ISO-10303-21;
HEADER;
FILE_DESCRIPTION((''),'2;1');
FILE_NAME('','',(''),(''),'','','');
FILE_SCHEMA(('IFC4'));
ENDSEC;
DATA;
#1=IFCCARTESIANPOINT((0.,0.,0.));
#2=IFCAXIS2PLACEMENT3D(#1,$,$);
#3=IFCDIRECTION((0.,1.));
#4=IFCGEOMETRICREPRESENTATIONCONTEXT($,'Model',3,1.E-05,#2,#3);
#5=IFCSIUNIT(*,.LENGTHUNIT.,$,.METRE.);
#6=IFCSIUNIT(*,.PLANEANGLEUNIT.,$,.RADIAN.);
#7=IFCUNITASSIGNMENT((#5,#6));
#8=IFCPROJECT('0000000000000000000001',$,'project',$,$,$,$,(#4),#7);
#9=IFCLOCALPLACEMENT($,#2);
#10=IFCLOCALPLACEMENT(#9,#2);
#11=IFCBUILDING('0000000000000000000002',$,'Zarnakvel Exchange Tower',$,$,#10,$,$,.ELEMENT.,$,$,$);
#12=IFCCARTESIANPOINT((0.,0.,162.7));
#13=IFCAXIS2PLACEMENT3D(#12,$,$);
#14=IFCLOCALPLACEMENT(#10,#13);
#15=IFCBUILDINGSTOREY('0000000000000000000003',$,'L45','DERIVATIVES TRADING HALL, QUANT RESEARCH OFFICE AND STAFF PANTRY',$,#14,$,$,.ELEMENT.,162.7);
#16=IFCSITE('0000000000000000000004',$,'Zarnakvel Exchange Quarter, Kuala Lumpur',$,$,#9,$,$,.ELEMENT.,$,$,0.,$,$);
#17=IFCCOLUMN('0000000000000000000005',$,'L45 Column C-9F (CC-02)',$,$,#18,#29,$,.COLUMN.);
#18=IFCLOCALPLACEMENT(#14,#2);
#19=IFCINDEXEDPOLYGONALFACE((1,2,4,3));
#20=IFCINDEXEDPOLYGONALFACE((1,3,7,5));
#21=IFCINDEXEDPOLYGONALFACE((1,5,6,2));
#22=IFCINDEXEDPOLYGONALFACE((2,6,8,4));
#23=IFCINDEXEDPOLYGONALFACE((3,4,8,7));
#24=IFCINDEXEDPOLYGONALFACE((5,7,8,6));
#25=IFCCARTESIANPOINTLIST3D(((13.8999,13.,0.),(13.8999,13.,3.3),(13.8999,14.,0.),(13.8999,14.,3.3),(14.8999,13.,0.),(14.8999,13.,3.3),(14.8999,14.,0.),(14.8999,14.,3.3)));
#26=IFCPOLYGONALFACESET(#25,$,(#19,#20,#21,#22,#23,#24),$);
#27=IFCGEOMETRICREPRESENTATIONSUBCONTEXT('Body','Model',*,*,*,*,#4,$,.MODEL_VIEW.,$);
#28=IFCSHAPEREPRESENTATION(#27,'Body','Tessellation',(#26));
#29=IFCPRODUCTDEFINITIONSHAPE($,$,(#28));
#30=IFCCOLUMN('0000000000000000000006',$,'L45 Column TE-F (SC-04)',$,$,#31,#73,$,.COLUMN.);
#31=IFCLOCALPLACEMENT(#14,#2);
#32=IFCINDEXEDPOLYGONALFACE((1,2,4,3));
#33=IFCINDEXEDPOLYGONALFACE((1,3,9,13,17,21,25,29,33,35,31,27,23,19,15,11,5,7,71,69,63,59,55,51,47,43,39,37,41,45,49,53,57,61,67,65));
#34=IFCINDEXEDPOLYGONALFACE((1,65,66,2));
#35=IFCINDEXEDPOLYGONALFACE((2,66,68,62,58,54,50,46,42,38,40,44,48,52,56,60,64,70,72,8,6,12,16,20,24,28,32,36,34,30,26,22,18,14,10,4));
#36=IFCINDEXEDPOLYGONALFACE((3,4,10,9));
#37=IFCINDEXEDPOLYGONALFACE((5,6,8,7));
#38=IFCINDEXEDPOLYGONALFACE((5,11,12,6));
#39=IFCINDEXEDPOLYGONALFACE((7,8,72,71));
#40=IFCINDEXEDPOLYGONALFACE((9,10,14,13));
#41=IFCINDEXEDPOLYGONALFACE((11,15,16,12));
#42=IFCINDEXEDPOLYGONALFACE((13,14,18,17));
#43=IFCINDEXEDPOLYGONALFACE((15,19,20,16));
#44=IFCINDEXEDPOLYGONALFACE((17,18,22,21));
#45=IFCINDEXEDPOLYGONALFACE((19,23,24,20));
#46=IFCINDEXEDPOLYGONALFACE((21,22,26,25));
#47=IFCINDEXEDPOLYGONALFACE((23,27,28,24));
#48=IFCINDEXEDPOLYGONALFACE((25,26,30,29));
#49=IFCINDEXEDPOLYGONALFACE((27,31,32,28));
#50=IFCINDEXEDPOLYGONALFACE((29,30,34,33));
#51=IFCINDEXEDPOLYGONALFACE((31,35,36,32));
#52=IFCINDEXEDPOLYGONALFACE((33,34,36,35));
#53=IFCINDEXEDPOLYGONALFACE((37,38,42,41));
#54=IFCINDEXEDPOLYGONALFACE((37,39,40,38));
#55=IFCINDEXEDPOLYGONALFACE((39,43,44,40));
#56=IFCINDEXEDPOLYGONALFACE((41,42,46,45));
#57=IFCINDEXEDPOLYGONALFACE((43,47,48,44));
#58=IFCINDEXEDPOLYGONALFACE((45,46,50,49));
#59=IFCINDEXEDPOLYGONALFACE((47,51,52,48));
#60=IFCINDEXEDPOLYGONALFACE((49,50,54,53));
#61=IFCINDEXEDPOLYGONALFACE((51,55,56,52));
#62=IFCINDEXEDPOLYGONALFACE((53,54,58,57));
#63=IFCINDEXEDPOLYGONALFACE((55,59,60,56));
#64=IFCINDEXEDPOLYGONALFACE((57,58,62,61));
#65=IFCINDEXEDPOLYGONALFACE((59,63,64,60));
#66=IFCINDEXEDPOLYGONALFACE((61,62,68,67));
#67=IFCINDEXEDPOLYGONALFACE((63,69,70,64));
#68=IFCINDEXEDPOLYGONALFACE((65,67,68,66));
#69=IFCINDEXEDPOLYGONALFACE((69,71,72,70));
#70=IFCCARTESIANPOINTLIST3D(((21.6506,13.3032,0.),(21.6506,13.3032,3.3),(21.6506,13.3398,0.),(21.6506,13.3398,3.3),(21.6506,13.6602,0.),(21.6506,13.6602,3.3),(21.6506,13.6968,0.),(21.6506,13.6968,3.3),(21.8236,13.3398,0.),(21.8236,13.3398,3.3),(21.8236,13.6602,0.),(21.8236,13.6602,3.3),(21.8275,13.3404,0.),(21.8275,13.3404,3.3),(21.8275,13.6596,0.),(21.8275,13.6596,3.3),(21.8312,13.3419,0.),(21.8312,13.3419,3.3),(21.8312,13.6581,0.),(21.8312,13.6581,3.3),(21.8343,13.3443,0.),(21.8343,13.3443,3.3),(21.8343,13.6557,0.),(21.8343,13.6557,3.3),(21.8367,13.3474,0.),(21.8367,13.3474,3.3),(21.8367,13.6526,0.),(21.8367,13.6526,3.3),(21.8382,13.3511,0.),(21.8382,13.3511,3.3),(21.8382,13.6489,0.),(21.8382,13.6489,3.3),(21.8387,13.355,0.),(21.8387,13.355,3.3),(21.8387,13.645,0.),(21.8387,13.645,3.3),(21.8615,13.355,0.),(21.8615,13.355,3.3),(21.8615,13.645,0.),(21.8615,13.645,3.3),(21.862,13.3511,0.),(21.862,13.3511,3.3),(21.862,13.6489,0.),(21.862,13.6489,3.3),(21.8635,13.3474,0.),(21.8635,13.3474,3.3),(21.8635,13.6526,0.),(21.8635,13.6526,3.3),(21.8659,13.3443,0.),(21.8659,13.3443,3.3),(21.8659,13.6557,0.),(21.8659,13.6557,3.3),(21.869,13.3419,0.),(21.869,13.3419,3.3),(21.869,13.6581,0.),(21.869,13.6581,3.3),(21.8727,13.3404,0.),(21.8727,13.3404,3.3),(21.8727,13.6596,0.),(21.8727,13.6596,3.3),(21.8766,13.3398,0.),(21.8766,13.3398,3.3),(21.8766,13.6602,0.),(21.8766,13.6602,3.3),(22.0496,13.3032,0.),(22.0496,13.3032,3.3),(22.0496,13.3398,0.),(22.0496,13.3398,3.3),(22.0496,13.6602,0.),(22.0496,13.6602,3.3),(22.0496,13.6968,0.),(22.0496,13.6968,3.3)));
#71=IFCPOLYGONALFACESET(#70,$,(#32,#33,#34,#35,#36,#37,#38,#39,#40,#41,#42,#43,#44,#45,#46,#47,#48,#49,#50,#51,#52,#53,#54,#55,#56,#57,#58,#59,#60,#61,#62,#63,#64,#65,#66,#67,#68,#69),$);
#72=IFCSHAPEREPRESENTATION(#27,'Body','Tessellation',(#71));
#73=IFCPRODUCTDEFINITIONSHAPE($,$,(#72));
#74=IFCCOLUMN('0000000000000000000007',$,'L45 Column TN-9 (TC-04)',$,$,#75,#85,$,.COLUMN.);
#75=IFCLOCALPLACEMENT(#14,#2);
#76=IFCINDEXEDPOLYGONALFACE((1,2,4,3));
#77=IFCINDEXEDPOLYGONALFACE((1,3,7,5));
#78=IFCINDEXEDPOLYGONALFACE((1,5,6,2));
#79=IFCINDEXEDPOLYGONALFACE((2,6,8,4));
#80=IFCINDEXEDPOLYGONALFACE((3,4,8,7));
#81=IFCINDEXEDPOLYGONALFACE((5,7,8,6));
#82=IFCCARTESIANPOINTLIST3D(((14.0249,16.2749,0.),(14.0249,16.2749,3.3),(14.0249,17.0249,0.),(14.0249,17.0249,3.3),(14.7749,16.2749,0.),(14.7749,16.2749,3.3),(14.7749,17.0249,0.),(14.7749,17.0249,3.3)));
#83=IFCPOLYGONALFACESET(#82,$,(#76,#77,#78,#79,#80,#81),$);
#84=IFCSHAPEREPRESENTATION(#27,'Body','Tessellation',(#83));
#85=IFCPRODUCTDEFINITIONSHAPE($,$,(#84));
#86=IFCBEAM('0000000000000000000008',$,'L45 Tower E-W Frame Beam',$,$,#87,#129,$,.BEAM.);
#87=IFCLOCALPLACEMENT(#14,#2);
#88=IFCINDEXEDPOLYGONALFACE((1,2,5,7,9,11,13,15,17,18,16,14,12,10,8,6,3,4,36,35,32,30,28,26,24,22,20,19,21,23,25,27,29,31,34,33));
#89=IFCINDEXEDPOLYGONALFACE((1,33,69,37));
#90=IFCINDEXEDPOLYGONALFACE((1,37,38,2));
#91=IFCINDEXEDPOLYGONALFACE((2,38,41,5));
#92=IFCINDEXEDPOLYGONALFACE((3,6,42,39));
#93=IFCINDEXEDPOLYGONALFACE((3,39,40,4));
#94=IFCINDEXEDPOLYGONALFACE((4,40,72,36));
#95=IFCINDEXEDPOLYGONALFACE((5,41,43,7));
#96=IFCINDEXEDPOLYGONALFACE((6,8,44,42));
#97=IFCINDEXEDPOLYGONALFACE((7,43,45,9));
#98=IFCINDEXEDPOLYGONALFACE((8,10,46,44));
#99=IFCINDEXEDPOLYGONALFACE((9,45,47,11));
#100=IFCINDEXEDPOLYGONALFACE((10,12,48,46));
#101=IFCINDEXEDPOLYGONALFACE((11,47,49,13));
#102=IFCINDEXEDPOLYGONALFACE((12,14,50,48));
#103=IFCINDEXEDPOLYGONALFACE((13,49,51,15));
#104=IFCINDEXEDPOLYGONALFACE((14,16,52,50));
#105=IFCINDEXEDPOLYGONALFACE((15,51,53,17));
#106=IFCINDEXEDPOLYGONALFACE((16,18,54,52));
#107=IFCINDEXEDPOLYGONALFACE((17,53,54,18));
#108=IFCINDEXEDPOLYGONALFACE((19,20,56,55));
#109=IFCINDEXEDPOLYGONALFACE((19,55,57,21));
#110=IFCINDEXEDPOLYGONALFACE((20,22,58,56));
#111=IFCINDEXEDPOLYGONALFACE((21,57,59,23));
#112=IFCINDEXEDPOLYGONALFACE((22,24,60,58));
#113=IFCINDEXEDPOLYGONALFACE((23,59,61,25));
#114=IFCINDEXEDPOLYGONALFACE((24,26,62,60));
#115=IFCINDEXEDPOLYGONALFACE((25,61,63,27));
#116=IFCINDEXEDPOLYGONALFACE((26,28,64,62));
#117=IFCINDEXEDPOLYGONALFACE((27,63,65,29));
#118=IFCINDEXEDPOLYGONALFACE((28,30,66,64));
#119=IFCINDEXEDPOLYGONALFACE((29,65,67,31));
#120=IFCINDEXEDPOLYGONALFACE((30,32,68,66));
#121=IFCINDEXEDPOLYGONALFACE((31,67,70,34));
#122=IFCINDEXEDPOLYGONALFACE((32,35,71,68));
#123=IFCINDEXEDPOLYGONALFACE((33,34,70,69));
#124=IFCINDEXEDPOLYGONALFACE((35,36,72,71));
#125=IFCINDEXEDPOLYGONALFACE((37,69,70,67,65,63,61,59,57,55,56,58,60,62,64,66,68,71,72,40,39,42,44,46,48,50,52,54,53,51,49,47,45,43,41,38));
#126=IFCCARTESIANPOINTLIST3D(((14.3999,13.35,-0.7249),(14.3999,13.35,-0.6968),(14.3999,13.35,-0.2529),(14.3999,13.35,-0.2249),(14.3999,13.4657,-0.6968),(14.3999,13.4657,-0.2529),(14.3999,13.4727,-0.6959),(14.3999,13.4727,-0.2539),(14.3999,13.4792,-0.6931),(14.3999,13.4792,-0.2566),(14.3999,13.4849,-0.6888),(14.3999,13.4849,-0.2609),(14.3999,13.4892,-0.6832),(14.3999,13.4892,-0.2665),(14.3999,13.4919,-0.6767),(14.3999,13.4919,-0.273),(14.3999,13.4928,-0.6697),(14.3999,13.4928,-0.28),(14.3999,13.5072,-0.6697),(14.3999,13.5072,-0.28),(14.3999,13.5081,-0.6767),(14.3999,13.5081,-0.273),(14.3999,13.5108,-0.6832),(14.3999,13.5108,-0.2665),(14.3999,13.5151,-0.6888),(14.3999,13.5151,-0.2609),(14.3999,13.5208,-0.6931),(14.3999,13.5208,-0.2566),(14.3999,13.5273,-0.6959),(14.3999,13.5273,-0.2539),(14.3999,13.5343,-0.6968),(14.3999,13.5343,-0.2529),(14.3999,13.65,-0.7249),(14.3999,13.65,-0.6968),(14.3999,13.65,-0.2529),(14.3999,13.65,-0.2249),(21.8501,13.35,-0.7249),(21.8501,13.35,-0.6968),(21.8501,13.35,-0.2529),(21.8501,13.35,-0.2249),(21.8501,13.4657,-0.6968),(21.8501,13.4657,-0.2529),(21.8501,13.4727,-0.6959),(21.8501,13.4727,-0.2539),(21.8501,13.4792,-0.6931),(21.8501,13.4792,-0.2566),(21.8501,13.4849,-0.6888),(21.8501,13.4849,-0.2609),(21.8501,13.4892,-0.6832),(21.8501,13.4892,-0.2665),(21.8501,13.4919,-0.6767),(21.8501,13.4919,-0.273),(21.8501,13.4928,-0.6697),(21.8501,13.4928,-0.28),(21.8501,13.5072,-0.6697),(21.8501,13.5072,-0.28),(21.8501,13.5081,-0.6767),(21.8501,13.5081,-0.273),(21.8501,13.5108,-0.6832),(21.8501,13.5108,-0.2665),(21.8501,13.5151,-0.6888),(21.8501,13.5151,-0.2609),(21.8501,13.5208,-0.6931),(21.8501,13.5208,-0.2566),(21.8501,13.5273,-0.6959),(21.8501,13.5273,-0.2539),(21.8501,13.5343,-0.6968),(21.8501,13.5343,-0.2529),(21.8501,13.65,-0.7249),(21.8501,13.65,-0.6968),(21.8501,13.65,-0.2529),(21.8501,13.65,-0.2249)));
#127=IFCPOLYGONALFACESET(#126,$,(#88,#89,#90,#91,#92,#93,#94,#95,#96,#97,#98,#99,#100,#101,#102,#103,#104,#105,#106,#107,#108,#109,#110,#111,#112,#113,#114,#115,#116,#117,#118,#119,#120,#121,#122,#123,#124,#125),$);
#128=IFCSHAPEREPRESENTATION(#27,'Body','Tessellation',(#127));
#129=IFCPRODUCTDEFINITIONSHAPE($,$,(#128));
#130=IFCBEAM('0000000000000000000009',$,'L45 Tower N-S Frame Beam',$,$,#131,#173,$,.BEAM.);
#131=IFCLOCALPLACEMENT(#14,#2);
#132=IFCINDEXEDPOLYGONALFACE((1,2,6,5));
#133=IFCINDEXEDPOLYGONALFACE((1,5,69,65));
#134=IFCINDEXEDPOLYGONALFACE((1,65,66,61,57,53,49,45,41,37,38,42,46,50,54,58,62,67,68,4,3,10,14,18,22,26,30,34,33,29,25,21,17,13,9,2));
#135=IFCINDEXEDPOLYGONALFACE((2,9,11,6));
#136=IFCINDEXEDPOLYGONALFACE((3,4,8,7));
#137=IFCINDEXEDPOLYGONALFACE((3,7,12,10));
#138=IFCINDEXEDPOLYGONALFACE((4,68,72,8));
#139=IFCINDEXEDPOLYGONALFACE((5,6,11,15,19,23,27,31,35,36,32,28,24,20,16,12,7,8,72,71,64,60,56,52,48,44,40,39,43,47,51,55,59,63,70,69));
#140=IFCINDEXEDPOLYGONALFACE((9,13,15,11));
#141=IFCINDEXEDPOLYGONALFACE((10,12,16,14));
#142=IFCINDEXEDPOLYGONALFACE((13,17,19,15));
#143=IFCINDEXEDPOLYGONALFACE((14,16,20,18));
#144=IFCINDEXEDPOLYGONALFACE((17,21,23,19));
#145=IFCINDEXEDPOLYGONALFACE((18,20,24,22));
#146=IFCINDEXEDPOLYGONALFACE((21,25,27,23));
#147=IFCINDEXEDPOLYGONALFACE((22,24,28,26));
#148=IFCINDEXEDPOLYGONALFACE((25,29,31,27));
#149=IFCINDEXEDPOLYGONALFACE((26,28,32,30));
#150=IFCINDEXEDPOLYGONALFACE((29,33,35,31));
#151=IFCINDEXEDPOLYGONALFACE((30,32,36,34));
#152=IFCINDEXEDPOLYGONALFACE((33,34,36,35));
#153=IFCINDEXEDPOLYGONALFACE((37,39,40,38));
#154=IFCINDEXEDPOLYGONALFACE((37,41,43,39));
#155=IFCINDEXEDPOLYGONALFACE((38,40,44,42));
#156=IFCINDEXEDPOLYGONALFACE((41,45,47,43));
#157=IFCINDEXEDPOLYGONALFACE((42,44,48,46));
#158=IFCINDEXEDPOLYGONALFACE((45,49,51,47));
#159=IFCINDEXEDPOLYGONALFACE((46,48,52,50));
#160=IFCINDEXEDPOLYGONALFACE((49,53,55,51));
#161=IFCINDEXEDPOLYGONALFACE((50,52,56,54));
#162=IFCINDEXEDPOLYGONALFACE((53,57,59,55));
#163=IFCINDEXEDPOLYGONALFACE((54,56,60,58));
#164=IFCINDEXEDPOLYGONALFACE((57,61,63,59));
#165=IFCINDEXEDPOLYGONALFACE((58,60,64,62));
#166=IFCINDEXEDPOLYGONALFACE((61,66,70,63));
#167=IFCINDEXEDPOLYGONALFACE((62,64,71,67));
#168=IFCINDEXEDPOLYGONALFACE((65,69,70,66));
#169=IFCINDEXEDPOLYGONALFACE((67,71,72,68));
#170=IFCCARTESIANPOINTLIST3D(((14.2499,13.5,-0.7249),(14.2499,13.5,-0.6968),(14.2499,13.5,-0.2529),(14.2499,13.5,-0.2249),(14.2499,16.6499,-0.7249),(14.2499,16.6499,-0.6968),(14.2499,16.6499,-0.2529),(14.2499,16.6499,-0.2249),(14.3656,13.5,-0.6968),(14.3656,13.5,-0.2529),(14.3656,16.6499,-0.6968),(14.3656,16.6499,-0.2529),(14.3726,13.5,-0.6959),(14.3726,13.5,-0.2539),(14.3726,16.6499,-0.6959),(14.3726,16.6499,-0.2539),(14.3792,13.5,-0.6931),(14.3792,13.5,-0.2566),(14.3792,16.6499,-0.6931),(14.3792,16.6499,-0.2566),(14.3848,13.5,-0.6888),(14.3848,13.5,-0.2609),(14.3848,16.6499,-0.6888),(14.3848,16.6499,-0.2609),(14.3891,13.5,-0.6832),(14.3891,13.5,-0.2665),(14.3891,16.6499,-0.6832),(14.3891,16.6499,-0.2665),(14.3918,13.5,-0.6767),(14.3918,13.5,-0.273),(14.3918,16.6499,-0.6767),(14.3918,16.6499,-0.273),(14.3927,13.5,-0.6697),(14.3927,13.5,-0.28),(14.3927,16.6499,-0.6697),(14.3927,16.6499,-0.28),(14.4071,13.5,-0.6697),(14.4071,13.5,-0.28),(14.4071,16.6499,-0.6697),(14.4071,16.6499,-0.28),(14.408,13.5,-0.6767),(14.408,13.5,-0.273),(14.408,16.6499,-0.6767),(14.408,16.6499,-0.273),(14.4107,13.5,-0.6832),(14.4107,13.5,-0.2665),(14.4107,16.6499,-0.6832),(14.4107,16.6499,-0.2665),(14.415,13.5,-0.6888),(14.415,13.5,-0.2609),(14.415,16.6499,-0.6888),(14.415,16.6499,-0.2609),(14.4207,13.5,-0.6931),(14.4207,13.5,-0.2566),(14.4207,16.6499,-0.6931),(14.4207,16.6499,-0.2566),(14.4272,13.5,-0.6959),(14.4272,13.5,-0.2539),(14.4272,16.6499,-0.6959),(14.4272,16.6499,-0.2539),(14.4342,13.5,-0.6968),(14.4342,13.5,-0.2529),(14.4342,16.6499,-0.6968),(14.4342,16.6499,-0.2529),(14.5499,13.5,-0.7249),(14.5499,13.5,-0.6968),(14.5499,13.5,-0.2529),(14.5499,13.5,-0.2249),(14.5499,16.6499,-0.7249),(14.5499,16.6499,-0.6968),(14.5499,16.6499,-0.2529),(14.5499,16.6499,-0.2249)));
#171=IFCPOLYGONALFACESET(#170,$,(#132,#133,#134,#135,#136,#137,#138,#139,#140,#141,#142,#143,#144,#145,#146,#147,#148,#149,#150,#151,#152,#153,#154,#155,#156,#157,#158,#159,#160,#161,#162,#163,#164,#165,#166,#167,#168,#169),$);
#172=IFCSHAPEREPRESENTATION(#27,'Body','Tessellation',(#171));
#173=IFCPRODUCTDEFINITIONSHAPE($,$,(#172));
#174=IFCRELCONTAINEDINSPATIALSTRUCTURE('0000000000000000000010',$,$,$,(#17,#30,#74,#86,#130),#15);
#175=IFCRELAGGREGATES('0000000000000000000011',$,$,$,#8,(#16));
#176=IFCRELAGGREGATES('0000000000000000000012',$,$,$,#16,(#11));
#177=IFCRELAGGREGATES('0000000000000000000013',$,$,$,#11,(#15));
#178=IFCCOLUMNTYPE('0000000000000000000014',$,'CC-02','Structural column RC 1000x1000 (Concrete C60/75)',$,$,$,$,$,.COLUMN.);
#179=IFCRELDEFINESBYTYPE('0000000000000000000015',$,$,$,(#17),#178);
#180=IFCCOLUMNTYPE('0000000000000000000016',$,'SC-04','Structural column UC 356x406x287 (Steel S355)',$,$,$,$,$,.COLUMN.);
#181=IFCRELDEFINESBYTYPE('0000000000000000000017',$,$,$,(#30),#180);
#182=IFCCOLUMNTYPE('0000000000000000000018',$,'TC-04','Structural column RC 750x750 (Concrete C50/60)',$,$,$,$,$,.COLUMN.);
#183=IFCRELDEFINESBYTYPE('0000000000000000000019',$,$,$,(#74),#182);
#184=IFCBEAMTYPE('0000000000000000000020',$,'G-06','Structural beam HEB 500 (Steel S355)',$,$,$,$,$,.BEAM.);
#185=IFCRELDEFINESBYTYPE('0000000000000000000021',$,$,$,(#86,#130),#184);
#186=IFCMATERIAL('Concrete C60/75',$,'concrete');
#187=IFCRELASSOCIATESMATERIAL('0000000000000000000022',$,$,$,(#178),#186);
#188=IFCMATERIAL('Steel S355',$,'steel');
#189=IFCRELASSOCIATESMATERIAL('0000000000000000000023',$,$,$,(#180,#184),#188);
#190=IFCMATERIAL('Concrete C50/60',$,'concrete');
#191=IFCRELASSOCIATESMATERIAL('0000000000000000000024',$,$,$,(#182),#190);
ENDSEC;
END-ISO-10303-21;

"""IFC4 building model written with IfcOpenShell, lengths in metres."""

from ifc_helpers import new_model, si_unit, direction, frame, origin, origin_2d, place, context, subcontext, project, spatial, rectangle, i_section, extrude, material, material_profile, profile_set, type_object, element, save


model = new_model("IFC4")

# Units and contexts
model_context = context("Model", 3, precision=1e-05, world=origin(), true_north=direction((0.0, 1.0)))
body_context = subcontext(model_context, "Body", "Model", "MODEL_VIEW")
ifc_project = project(units=[si_unit("LENGTHUNIT", "METRE"), si_unit("PLANEANGLEUNIT", "RADIAN")], contexts=[model_context])

# Site, building, storey
site_placement = place(None, origin())
site = spatial("IfcSite", under=ifc_project, at=site_placement, Name="Zarnakvel Exchange Quarter, Kuala Lumpur", CompositionType="ELEMENT", RefElevation=0.0)
building_placement = place(site_placement, origin())
building = spatial("IfcBuilding", under=site, at=building_placement, Name="Zarnakvel Exchange Tower", CompositionType="ELEMENT")
storey_placement = place(building_placement, frame((0.0, 0.0, 162.7)))
storey = spatial("IfcBuildingStorey", under=building, at=storey_placement, Name="L45", Description="DERIVATIVES TRADING HALL, QUANT RESEARCH OFFICE AND STAFF PANTRY", CompositionType="ELEMENT", Elevation=162.7)

# Columns
ifc_material_1 = material(Name="Concrete C60/75", Category="concrete")
ifc_material_profile_1 = material_profile(ifc_material_1, rectangle(XDim=1.0, YDim=1.0, at=origin_2d()))
ifc_profile_set_1 = profile_set([ifc_material_profile_1], Name="Concrete C60/75")
column_type_1 = type_object("IfcColumnType", Name="CC-02", Description="Structural column RC 1000x1000 (Concrete C60/75)", PredefinedType="COLUMN", material=ifc_profile_set_1)
column_1_placement = place(storey_placement, frame((14.3999, 13.5, 0.0), z_axis=(0.0, 0.0, 1.0), x_axis=(1.0, 0.0, 0.0)))
element("IfcColumn", 1, at=column_1_placement, inside=storey, type_object=column_type_1, Name="L45 Column C-9F (CC-02)", PredefinedType="COLUMN", context=body_context, shape_type="SweptSolid", body=[
    extrude(rectangle(XDim=1.0, YDim=1.0, at=origin_2d()), origin(), (0.0, 0.0, 1.0), 3.3),
])
ifc_material_2 = material(Name="Steel S355", Category="steel")
ifc_material_profile_2 = material_profile(ifc_material_2, i_section(OverallWidth=0.3989, OverallDepth=0.3936, WebThickness=0.0227, FlangeThickness=0.0366, FilletRadius=0.0151, at=origin_2d()))
ifc_profile_set_2 = profile_set([ifc_material_profile_2], Name="Steel S355")
column_type_2 = type_object("IfcColumnType", Name="SC-04", Description="Structural column UC 356x406x287 (Steel S355)", PredefinedType="COLUMN", material=ifc_profile_set_2)
column_2_placement = place(storey_placement, frame((21.8501, 13.5, 0.0), z_axis=(0.0, 0.0, 1.0), x_axis=(1.0, 0.0, 0.0)))
element("IfcColumn", 2, at=column_2_placement, inside=storey, type_object=column_type_2, Name="L45 Column TE-F (SC-04)", PredefinedType="COLUMN", context=body_context, shape_type="SweptSolid", body=[
    extrude(i_section(OverallWidth=0.3989, OverallDepth=0.3936, WebThickness=0.0227, FlangeThickness=0.0366, FilletRadius=0.0151, at=origin_2d()), origin(), (0.0, 0.0, 1.0), 3.3),
])
ifc_material_3 = material(Name="Concrete C50/60", Category="concrete")
ifc_material_profile_3 = material_profile(ifc_material_3, rectangle(XDim=0.75, YDim=0.75, at=origin_2d()))
ifc_profile_set_3 = profile_set([ifc_material_profile_3], Name="Concrete C50/60")
column_type_3 = type_object("IfcColumnType", Name="TC-04", Description="Structural column RC 750x750 (Concrete C50/60)", PredefinedType="COLUMN", material=ifc_profile_set_3)
column_3_placement = place(storey_placement, frame((14.3999, 16.6499, 0.0), z_axis=(0.0, 0.0, 1.0), x_axis=(1.0, 0.0, 0.0)))
element("IfcColumn", 3, at=column_3_placement, inside=storey, type_object=column_type_3, Name="L45 Column TN-9 (TC-04)", PredefinedType="COLUMN", context=body_context, shape_type="SweptSolid", body=[
    extrude(rectangle(XDim=0.75, YDim=0.75, at=origin_2d()), origin(), (0.0, 0.0, 1.0), 3.3),
])

# Beams
ifc_material_profile_4 = material_profile(ifc_material_2, i_section(OverallWidth=0.3, OverallDepth=0.5, WebThickness=0.0144, FlangeThickness=0.0281, FilletRadius=0.0271, at=origin_2d()))
ifc_profile_set_4 = profile_set([ifc_material_profile_4], Name="Steel S355")
beam_type = type_object("IfcBeamType", Name="G-06", Description="Structural beam HEB 500 (Steel S355)", PredefinedType="BEAM", material=ifc_profile_set_4)
beam_1_placement = place(storey_placement, frame((14.3999, 13.5, -0.4749), z_axis=(1.0, 0.0, 0.0), x_axis=(0.0, 1.0, 0.0)))
element("IfcBeam", 4, at=beam_1_placement, inside=storey, type_object=beam_type, Name="L45 Tower E-W Frame Beam", PredefinedType="BEAM", context=body_context, shape_type="SweptSolid", body=[
    extrude(i_section(OverallWidth=0.3, OverallDepth=0.5, WebThickness=0.0144, FlangeThickness=0.0281, FilletRadius=0.0271, at=origin_2d()), origin(), (0.0, 0.0, 1.0), 7.4502),
])
beam_2_placement = place(storey_placement, frame((14.3999, 13.5, -0.4749), z_axis=(0.0, 1.0, 0.0), x_axis=(-1.0, 0.0, 0.0)))
element("IfcBeam", 5, at=beam_2_placement, inside=storey, type_object=beam_type, Name="L45 Tower N-S Frame Beam", PredefinedType="BEAM", context=body_context, shape_type="SweptSolid", body=[
    extrude(i_section(OverallWidth=0.3, OverallDepth=0.5, WebThickness=0.0144, FlangeThickness=0.0281, FilletRadius=0.0271, at=origin_2d()), origin(), (0.0, 0.0, 1.0), 3.1499),
])

save(model, "model.ifc")
